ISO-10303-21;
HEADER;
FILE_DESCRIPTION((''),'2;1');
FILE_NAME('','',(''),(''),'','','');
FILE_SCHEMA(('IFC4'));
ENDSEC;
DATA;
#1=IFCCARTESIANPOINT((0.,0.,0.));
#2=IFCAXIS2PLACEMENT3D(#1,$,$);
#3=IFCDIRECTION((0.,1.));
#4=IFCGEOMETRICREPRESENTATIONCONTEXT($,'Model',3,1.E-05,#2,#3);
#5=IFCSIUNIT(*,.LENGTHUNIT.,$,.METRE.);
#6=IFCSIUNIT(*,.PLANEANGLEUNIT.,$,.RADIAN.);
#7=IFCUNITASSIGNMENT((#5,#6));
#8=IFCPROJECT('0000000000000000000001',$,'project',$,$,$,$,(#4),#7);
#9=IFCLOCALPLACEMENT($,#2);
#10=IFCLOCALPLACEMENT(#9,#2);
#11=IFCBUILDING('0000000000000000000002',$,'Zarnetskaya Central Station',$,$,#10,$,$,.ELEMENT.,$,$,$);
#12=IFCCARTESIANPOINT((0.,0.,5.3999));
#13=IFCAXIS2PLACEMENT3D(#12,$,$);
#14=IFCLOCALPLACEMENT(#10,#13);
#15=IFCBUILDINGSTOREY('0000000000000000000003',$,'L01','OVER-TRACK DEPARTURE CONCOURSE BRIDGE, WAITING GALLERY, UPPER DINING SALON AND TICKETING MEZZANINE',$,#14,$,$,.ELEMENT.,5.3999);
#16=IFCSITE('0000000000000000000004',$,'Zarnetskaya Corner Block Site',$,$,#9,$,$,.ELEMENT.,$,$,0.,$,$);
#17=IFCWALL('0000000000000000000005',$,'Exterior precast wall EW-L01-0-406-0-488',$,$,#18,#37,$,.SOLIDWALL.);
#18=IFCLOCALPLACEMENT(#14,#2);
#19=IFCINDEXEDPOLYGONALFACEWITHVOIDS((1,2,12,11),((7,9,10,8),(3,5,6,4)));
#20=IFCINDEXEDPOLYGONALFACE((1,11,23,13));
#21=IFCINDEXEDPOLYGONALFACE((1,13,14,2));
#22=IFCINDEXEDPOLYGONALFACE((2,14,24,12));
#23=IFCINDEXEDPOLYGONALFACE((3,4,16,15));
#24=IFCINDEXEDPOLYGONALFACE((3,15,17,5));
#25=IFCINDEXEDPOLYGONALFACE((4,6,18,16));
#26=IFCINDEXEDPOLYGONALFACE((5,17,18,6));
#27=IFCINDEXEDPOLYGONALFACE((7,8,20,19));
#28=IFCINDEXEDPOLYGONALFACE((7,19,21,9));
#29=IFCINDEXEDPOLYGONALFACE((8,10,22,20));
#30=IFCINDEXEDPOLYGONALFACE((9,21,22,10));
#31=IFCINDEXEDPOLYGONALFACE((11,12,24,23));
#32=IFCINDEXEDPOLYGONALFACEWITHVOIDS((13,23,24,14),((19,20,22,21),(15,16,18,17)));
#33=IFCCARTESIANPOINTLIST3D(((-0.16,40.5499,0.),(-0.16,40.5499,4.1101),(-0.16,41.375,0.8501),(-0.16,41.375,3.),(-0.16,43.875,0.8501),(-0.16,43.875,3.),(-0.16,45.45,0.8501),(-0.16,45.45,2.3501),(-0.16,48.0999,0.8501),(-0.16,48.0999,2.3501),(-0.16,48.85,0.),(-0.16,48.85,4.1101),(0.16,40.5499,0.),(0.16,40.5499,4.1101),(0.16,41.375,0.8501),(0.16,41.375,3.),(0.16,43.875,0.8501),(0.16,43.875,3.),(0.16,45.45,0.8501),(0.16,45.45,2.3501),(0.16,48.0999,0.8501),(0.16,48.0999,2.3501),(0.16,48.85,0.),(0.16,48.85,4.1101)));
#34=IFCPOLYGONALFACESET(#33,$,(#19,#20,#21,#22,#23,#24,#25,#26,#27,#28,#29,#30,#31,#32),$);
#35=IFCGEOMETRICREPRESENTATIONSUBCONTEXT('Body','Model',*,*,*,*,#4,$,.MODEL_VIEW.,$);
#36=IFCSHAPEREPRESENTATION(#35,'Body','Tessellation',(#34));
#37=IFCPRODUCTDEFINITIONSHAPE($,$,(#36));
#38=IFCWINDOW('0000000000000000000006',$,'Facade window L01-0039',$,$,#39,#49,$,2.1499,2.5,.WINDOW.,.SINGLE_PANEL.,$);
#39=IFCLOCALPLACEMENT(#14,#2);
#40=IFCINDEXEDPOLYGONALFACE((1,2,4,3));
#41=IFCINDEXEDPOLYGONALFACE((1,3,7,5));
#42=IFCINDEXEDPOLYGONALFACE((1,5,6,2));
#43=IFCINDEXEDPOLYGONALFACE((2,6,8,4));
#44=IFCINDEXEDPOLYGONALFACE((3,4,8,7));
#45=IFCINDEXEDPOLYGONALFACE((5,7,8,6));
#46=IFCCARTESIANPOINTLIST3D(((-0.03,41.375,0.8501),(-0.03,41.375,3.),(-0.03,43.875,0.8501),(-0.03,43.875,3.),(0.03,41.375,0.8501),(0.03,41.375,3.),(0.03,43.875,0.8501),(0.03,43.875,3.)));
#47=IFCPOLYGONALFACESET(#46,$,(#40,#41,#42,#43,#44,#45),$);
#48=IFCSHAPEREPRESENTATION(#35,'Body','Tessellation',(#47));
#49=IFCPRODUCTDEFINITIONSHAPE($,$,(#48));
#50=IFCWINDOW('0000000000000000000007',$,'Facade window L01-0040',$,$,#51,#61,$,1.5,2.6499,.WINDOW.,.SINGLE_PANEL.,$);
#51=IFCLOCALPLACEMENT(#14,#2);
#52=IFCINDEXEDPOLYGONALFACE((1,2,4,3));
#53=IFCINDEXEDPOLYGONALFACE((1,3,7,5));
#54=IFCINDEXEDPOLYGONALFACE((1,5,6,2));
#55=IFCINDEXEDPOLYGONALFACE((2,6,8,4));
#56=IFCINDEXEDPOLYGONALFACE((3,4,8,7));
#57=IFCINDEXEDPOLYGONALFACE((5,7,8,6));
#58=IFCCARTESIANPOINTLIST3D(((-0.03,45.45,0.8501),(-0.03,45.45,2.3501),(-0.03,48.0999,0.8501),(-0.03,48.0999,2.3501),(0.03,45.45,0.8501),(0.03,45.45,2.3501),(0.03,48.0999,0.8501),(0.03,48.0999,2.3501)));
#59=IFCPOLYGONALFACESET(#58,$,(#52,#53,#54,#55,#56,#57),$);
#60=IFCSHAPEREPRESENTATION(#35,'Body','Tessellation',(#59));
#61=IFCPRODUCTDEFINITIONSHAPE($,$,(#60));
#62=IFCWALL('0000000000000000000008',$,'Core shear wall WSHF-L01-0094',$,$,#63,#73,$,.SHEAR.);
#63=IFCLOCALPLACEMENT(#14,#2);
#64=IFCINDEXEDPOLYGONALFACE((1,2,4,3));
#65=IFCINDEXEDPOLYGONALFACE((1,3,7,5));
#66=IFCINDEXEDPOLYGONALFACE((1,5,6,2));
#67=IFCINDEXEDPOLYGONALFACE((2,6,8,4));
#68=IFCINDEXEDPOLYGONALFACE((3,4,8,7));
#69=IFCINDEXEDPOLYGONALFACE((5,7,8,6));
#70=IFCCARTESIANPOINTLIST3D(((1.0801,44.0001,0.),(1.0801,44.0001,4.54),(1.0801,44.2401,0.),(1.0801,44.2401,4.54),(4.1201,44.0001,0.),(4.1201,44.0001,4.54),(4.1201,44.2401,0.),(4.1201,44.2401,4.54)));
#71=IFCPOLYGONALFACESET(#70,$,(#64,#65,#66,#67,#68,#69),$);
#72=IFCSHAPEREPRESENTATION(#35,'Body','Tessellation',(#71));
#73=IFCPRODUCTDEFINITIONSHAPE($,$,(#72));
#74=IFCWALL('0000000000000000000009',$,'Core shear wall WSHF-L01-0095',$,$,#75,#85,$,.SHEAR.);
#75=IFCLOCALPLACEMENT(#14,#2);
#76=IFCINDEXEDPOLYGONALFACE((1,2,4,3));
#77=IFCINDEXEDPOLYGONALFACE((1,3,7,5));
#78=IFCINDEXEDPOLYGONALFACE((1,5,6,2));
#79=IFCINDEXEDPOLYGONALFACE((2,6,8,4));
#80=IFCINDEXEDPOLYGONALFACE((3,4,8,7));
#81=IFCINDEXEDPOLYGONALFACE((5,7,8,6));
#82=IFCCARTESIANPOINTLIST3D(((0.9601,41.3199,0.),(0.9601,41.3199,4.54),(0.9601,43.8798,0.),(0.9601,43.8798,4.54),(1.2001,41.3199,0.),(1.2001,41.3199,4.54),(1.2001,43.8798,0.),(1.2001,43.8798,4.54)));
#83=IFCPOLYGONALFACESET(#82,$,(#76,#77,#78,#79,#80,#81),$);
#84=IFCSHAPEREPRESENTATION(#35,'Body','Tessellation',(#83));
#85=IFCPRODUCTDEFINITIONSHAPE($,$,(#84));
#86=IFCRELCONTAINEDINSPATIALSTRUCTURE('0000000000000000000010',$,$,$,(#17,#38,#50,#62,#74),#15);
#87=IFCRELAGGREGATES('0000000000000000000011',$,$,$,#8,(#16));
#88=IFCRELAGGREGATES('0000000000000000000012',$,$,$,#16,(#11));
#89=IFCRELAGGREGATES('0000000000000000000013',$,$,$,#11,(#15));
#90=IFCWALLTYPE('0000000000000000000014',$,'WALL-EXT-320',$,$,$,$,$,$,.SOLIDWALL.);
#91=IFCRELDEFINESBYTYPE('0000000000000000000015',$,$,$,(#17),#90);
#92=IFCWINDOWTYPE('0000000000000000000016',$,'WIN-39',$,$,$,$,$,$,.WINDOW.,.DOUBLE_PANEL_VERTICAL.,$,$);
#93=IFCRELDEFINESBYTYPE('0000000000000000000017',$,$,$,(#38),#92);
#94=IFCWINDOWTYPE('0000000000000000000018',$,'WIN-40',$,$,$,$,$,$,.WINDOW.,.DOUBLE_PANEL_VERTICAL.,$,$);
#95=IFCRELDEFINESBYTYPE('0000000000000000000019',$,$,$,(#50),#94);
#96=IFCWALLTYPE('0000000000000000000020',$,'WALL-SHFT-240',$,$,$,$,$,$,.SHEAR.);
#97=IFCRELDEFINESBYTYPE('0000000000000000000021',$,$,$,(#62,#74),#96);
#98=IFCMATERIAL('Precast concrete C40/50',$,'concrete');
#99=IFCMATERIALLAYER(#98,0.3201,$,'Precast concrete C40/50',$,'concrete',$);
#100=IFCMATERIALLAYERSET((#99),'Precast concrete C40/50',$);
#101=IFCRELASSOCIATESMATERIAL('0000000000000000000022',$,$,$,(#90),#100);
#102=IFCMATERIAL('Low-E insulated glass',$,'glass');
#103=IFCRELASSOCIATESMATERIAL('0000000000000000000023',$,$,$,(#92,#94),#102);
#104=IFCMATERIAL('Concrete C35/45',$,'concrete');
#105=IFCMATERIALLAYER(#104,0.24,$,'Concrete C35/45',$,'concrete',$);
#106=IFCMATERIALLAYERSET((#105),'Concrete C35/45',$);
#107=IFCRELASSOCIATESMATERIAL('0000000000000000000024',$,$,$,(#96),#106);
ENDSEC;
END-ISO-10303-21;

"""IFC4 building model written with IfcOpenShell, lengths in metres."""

from ifc_helpers import new_model, si_unit, direction, frame, frame_2d, origin, place, context, subcontext, project, spatial, rectangle, extrude, material, layer, layer_set, type_object, element, fill, save


model = new_model("IFC4")

# Units and contexts
model_context = context("Model", 3, precision=1e-05, world=origin(), true_north=direction((0.0, 1.0)))
body_context = subcontext(model_context, "Body", "Model", "MODEL_VIEW")
ifc_project = project(units=[si_unit("LENGTHUNIT", "METRE"), si_unit("PLANEANGLEUNIT", "RADIAN")], contexts=[model_context])

# Site, building, storey
site_placement = place(None, origin())
site = spatial("IfcSite", under=ifc_project, at=site_placement, Name="Zarnetskaya Corner Block Site", CompositionType="ELEMENT", RefElevation=0.0)
building_placement = place(site_placement, origin())
building = spatial("IfcBuilding", under=site, at=building_placement, Name="Zarnetskaya Central Station", CompositionType="ELEMENT")
storey_placement = place(building_placement, frame((0.0, 0.0, 5.3999)))
storey = spatial("IfcBuildingStorey", under=building, at=storey_placement, Name="L01", Description="OVER-TRACK DEPARTURE CONCOURSE BRIDGE, WAITING GALLERY, UPPER DINING SALON AND TICKETING MEZZANINE", CompositionType="ELEMENT", Elevation=5.3999)

# Shared definitions
ifc_material_1 = material(Name="Low-E insulated glass", Category="glass")

# Shared definitions
ifc_material_2 = material(Name="Concrete C35/45", Category="concrete")

# Wall, openings, windows
ifc_material_3 = material(Name="Precast concrete C40/50", Category="concrete")
ifc_layer_1 = layer(ifc_material_3, 0.3201, Name="Precast concrete C40/50", Category="concrete")
ifc_layer_set_1 = layer_set([ifc_layer_1], Name="Precast concrete C40/50")
wall_type_1 = type_object("IfcWallType", Name="WALL-EXT-320", PredefinedType="SOLIDWALL", material=ifc_layer_set_1)
wall_1_placement = place(storey_placement, frame((0.0, 40.55, 0.0), z_axis=(0.0, 0.0, 1.0), x_axis=(0.0, 1.0, 0.0)))
wall_1 = element("IfcWall", 1, at=wall_1_placement, inside=storey, type_object=wall_type_1, Name="Exterior precast wall EW-L01-0-406-0-488", PredefinedType="SOLIDWALL", context=body_context, shape_type="SweptSolid", body=[
    extrude(rectangle(XDim=8.3, YDim=0.3201, at=frame_2d((4.1499, 0.0))), origin(), (0.0, 0.0, 1.0), 4.1101),
])
opening_1_placement = place(wall_1_placement, frame((0.825, 0.0, 0.8501)))
opening_1 = element("IfcOpeningElement", 2, at=opening_1_placement, cuts=wall_1, PredefinedType="OPENING", context=body_context, shape_type="SweptSolid", body=[
    extrude(rectangle(XDim=2.5, YDim=2.1499, at=frame_2d((1.25, 1.075))), frame((0.0, 0.1699, 0.0), z_axis=(0.0, -1.0, 0.0), x_axis=(1.0, 0.0, 0.0)), (0.0, 0.0, 1.0), 0.3401),
])
opening_2_placement = place(wall_1_placement, frame((4.8999, 0.0, 0.8501)))
opening_2 = element("IfcOpeningElement", 3, at=opening_2_placement, cuts=wall_1, PredefinedType="OPENING", context=body_context, shape_type="SweptSolid", body=[
    extrude(rectangle(XDim=2.6499, YDim=1.5, at=frame_2d((1.325, 0.75))), frame((0.0, 0.1699, 0.0), z_axis=(0.0, -1.0, 0.0), x_axis=(1.0, 0.0, 0.0)), (0.0, 0.0, 1.0), 0.3401),
])
window_type_1 = type_object("IfcWindowType", Name="WIN-39", PartitioningType="DOUBLE_PANEL_VERTICAL", PredefinedType="WINDOW", material=ifc_material_1)
window_1_placement = place(opening_1_placement, origin())
window_1 = element("IfcWindow", 4, at=window_1_placement, inside=storey, type_object=window_type_1, Name="Facade window L01-0039", OverallHeight=2.1499, OverallWidth=2.5, PartitioningType="SINGLE_PANEL", PredefinedType="WINDOW", context=body_context, shape_type="SweptSolid", body=[
    extrude(rectangle(XDim=2.5, YDim=2.1499, at=frame_2d((1.25, 1.075))), frame((0.0, 0.03, 0.0), z_axis=(0.0, -1.0, 0.0), x_axis=(1.0, 0.0, 0.0)), (0.0, 0.0, 1.0), 0.0601),
])
fill(opening_1, window_1)
window_type_2 = type_object("IfcWindowType", Name="WIN-40", PartitioningType="DOUBLE_PANEL_VERTICAL", PredefinedType="WINDOW", material=ifc_material_1)
window_2_placement = place(opening_2_placement, origin())
window_2 = element("IfcWindow", 5, at=window_2_placement, inside=storey, type_object=window_type_2, Name="Facade window L01-0040", OverallHeight=1.5, OverallWidth=2.6499, PartitioningType="SINGLE_PANEL", PredefinedType="WINDOW", context=body_context, shape_type="SweptSolid", body=[
    extrude(rectangle(XDim=2.6499, YDim=1.5, at=frame_2d((1.325, 0.75))), frame((0.0, 0.03, 0.0), z_axis=(0.0, -1.0, 0.0), x_axis=(1.0, 0.0, 0.0)), (0.0, 0.0, 1.0), 0.0601),
])
fill(opening_2, window_2)

# Walls
ifc_layer_2 = layer(ifc_material_2, 0.24, Name="Concrete C35/45", Category="concrete")
ifc_layer_set_2 = layer_set([ifc_layer_2], Name="Concrete C35/45")
wall_type_2 = type_object("IfcWallType", Name="WALL-SHFT-240", PredefinedType="SHEAR", material=ifc_layer_set_2)
wall_2_placement = place(storey_placement, frame((1.0801, 44.1201, 0.0), z_axis=(0.0, 0.0, 1.0), x_axis=(1.0, 0.0, 0.0)))
element("IfcWall", 6, at=wall_2_placement, inside=storey, type_object=wall_type_2, Name="Core shear wall WSHF-L01-0094", PredefinedType="SHEAR", context=body_context, shape_type="SweptSolid", body=[
    extrude(rectangle(XDim=3.04, YDim=0.24, at=frame_2d((1.52, 0.0))), origin(), (0.0, 0.0, 1.0), 4.54),
])
wall_3_placement = place(storey_placement, frame((1.0801, 41.3201, 0.0), z_axis=(0.0, 0.0, 1.0), x_axis=(0.0, 1.0, 0.0)))
element("IfcWall", 7, at=wall_3_placement, inside=storey, type_object=wall_type_2, Name="Core shear wall WSHF-L01-0095", PredefinedType="SHEAR", context=body_context, shape_type="SweptSolid", body=[
    extrude(rectangle(XDim=2.5598, YDim=0.24, at=frame_2d((1.2798, 0.0))), origin(), (0.0, 0.0, 1.0), 4.54),
])

save(model, "model.ifc")
